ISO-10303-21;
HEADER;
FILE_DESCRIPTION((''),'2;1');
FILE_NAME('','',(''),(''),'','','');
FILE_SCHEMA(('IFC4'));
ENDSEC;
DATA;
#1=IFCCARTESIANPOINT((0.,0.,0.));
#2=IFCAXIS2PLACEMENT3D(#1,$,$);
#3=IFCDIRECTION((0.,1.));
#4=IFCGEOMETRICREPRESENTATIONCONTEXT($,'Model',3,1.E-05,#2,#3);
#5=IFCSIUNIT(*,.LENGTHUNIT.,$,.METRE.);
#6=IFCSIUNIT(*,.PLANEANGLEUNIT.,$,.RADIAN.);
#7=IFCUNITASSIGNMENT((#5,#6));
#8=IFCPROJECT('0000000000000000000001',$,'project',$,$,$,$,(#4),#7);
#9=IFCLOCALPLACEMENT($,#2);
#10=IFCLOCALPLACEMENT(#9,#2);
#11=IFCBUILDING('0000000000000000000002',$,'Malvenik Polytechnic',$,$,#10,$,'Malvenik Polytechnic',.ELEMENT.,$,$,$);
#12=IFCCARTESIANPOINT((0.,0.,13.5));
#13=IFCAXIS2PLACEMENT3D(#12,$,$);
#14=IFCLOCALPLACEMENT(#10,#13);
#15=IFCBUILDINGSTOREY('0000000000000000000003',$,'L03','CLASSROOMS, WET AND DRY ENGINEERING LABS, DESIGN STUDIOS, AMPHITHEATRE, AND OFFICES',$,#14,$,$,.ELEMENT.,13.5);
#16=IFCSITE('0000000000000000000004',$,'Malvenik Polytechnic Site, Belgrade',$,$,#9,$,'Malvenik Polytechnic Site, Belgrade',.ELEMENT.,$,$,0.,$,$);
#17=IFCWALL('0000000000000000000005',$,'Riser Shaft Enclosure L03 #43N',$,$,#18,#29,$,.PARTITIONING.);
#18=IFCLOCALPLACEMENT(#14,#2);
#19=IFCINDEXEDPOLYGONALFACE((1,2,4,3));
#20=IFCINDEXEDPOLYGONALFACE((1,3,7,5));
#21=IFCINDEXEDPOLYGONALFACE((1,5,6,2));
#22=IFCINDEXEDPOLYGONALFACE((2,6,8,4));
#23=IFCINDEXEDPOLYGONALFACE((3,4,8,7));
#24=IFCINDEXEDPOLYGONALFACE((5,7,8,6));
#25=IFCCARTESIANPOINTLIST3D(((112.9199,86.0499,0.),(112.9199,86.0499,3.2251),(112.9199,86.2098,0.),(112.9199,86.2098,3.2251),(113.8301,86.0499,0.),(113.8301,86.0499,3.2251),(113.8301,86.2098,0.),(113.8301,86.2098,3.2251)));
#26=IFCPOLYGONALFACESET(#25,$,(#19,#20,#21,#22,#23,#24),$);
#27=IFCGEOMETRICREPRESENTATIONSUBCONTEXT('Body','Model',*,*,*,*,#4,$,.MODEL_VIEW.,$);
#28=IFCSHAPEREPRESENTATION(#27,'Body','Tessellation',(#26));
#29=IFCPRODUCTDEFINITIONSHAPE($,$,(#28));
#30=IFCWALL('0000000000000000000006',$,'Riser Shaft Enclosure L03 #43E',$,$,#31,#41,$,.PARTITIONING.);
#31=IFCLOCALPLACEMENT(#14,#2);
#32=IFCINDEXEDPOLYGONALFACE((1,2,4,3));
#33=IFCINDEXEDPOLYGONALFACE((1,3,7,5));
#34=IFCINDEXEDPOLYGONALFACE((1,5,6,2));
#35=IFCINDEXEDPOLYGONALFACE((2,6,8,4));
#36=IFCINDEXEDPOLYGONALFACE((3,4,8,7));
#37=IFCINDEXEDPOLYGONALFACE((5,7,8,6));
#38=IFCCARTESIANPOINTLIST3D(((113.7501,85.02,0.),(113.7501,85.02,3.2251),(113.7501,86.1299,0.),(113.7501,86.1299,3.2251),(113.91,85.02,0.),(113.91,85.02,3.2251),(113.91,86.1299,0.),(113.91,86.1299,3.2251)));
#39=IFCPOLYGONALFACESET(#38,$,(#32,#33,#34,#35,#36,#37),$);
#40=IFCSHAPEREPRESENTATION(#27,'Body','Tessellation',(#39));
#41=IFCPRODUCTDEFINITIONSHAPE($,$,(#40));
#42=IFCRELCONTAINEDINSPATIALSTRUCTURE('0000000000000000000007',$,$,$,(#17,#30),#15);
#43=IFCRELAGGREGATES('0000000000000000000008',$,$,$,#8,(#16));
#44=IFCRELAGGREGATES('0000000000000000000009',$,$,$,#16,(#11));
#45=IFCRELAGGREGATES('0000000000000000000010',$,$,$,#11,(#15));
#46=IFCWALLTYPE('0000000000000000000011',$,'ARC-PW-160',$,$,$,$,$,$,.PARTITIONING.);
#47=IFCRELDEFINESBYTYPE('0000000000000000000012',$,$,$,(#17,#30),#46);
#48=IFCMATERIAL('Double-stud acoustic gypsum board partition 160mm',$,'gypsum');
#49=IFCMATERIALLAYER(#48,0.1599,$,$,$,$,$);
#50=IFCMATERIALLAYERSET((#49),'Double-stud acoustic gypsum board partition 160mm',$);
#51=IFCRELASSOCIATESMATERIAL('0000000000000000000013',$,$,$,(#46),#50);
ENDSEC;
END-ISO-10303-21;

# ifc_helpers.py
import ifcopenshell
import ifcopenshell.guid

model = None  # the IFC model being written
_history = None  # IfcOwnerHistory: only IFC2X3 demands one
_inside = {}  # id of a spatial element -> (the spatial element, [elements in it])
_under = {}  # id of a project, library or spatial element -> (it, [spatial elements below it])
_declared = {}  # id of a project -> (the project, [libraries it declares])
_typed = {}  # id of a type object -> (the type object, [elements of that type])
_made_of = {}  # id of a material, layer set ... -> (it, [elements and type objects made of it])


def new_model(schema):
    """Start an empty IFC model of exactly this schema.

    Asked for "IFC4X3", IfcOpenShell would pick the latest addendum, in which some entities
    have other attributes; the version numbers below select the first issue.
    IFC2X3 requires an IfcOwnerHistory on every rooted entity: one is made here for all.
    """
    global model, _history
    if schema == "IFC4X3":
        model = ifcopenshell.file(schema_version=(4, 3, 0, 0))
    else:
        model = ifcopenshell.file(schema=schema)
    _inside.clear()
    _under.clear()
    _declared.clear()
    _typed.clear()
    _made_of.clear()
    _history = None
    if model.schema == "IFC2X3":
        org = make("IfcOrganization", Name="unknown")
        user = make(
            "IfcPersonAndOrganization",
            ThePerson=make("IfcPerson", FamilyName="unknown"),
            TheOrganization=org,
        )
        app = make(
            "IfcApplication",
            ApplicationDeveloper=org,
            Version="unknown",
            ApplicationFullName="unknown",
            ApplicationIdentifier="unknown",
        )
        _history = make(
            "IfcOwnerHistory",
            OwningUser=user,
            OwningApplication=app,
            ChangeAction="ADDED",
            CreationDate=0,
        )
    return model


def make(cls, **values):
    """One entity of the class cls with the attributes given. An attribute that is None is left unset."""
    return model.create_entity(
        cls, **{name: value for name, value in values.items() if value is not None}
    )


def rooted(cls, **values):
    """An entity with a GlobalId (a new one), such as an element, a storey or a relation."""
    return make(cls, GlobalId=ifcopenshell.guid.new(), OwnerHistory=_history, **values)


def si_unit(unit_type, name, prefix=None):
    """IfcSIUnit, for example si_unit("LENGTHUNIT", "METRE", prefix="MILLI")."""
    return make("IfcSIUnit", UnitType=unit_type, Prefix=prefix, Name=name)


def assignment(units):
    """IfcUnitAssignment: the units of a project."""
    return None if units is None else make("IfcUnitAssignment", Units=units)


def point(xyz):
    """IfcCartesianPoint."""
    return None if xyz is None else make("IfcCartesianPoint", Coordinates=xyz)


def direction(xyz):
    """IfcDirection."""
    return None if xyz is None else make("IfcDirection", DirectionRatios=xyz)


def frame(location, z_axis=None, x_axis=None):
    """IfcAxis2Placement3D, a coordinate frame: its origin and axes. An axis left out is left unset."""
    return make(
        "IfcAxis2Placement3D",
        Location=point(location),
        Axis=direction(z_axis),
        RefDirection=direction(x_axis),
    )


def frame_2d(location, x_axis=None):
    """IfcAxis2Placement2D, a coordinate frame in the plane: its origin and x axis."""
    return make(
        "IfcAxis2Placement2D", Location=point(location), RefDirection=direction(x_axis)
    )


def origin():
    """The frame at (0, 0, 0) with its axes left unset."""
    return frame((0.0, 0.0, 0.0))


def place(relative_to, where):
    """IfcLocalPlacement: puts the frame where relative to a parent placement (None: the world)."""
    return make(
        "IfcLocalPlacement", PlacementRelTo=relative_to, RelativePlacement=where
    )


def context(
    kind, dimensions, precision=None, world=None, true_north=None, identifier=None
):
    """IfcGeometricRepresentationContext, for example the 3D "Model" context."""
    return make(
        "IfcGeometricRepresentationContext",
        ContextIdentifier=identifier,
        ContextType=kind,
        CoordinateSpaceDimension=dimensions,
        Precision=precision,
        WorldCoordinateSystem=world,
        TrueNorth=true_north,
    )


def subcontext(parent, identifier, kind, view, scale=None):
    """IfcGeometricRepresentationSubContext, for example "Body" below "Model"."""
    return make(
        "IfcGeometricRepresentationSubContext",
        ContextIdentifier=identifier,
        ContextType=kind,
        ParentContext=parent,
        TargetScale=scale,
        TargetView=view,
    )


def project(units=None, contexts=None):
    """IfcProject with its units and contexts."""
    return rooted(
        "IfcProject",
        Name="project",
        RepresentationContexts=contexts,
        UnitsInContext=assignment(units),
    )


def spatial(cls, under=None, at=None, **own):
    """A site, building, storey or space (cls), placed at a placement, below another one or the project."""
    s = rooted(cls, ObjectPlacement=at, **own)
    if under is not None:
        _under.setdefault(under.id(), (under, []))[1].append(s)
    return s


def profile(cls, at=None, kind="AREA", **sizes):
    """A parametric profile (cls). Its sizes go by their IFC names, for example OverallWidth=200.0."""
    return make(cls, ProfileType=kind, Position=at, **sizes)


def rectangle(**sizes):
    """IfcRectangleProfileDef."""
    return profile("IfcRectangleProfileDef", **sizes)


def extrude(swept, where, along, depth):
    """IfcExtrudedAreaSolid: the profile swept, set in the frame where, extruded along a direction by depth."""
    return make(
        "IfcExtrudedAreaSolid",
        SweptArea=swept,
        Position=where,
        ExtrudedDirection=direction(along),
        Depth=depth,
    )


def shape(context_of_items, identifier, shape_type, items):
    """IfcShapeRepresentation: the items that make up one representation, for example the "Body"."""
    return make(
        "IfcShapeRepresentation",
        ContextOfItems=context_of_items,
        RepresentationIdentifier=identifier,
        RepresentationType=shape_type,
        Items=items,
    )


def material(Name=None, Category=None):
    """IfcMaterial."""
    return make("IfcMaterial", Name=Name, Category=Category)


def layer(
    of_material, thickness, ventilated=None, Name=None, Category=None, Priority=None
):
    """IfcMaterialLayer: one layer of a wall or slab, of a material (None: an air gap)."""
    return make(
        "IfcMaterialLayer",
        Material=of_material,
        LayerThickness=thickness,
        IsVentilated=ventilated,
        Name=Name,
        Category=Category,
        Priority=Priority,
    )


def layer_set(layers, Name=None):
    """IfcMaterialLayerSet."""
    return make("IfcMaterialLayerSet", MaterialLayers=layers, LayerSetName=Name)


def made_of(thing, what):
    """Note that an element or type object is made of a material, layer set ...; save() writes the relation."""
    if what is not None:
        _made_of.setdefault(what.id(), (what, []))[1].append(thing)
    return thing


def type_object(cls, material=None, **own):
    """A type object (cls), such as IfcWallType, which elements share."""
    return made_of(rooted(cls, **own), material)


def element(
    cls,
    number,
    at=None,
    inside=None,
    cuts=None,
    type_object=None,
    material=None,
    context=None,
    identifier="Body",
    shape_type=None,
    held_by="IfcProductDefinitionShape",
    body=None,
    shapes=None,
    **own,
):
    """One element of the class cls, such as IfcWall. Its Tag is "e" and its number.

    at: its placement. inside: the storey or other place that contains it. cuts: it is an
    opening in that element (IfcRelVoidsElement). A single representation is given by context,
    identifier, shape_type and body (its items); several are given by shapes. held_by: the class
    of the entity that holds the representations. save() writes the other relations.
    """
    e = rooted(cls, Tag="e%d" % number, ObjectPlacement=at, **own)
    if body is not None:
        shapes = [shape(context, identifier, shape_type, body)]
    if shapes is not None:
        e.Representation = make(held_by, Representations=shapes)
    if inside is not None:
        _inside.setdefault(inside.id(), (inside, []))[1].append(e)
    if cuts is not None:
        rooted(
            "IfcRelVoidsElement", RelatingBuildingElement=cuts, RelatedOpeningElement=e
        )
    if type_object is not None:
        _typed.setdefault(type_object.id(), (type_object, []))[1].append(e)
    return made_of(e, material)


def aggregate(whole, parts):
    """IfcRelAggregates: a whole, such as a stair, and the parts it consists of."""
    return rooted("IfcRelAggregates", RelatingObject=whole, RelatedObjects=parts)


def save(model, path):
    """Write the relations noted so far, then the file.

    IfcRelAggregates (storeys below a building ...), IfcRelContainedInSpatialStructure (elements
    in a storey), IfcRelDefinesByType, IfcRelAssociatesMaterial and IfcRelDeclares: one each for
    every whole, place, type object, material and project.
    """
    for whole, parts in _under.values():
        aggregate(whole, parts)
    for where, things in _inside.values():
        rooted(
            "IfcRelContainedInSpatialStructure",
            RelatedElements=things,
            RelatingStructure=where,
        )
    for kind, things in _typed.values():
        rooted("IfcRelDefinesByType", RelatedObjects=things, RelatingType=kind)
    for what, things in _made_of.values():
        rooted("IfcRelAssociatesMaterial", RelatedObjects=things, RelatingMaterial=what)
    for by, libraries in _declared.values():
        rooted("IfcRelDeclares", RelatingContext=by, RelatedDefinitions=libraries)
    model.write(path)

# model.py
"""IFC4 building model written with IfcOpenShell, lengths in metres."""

from ifc_helpers import new_model, si_unit, direction, frame, frame_2d, origin, place, context, subcontext, project, spatial, rectangle, extrude, material, layer, layer_set, type_object, element, save


model = new_model("IFC4")

# Units and contexts
model_context = context("Model", 3, precision=1e-05, world=origin(), true_north=direction((0.0, 1.0)))
body_context = subcontext(model_context, "Body", "Model", "MODEL_VIEW")
ifc_project = project(units=[si_unit("LENGTHUNIT", "METRE"), si_unit("PLANEANGLEUNIT", "RADIAN")], contexts=[model_context])

# Site, building, storey
site_placement = place(None, origin())
site = spatial("IfcSite", under=ifc_project, at=site_placement, Name="Malvenik Polytechnic Site, Belgrade", LongName="Malvenik Polytechnic Site, Belgrade", CompositionType="ELEMENT", RefElevation=0.0)
building_placement = place(site_placement, origin())
building = spatial("IfcBuilding", under=site, at=building_placement, Name="Malvenik Polytechnic", LongName="Malvenik Polytechnic", CompositionType="ELEMENT")
storey_placement = place(building_placement, frame((0.0, 0.0, 13.5)))
storey = spatial("IfcBuildingStorey", under=building, at=storey_placement, Name="L03", Description="CLASSROOMS, WET AND DRY ENGINEERING LABS, DESIGN STUDIOS, AMPHITHEATRE, AND OFFICES", CompositionType="ELEMENT", Elevation=13.5)

# Walls
ifc_material_1 = material(Name="Double-stud acoustic gypsum board partition 160mm", Category="gypsum")
ifc_layer_1 = layer(ifc_material_1, 0.1599)
ifc_layer_set_1 = layer_set([ifc_layer_1], Name="Double-stud acoustic gypsum board partition 160mm")
wall_type_1 = type_object("IfcWallType", Name="ARC-PW-160", PredefinedType="PARTITIONING", material=ifc_layer_set_1)
wall_1_placement = place(storey_placement, frame((113.8301, 86.1299, 0.0), z_axis=(0.0, 0.0, 1.0), x_axis=(-1.0, 0.0, 0.0)))
element("IfcWall", 1, at=wall_1_placement, inside=storey, type_object=wall_type_1, Name="Riser Shaft Enclosure L03 #43N", PredefinedType="PARTITIONING", context=body_context, shape_type="SweptSolid", body=[
    extrude(rectangle(XDim=0.9102, YDim=0.1599, at=frame_2d((0.4551, 0.0))), origin(), (0.0, 0.0, 1.0), 3.2251),
])
wall_2_placement = place(storey_placement, frame((113.8301, 85.02, 0.0), z_axis=(0.0, 0.0, 1.0), x_axis=(0.0, 1.0, 0.0)))
element("IfcWall", 2, at=wall_2_placement, inside=storey, type_object=wall_type_1, Name="Riser Shaft Enclosure L03 #43E", PredefinedType="PARTITIONING", context=body_context, shape_type="SweptSolid", body=[
    extrude(rectangle(XDim=1.1099, YDim=0.1599, at=frame_2d((0.5549, 0.0))), origin(), (0.0, 0.0, 1.0), 3.2251),
])

save(model, "model.ifc")
